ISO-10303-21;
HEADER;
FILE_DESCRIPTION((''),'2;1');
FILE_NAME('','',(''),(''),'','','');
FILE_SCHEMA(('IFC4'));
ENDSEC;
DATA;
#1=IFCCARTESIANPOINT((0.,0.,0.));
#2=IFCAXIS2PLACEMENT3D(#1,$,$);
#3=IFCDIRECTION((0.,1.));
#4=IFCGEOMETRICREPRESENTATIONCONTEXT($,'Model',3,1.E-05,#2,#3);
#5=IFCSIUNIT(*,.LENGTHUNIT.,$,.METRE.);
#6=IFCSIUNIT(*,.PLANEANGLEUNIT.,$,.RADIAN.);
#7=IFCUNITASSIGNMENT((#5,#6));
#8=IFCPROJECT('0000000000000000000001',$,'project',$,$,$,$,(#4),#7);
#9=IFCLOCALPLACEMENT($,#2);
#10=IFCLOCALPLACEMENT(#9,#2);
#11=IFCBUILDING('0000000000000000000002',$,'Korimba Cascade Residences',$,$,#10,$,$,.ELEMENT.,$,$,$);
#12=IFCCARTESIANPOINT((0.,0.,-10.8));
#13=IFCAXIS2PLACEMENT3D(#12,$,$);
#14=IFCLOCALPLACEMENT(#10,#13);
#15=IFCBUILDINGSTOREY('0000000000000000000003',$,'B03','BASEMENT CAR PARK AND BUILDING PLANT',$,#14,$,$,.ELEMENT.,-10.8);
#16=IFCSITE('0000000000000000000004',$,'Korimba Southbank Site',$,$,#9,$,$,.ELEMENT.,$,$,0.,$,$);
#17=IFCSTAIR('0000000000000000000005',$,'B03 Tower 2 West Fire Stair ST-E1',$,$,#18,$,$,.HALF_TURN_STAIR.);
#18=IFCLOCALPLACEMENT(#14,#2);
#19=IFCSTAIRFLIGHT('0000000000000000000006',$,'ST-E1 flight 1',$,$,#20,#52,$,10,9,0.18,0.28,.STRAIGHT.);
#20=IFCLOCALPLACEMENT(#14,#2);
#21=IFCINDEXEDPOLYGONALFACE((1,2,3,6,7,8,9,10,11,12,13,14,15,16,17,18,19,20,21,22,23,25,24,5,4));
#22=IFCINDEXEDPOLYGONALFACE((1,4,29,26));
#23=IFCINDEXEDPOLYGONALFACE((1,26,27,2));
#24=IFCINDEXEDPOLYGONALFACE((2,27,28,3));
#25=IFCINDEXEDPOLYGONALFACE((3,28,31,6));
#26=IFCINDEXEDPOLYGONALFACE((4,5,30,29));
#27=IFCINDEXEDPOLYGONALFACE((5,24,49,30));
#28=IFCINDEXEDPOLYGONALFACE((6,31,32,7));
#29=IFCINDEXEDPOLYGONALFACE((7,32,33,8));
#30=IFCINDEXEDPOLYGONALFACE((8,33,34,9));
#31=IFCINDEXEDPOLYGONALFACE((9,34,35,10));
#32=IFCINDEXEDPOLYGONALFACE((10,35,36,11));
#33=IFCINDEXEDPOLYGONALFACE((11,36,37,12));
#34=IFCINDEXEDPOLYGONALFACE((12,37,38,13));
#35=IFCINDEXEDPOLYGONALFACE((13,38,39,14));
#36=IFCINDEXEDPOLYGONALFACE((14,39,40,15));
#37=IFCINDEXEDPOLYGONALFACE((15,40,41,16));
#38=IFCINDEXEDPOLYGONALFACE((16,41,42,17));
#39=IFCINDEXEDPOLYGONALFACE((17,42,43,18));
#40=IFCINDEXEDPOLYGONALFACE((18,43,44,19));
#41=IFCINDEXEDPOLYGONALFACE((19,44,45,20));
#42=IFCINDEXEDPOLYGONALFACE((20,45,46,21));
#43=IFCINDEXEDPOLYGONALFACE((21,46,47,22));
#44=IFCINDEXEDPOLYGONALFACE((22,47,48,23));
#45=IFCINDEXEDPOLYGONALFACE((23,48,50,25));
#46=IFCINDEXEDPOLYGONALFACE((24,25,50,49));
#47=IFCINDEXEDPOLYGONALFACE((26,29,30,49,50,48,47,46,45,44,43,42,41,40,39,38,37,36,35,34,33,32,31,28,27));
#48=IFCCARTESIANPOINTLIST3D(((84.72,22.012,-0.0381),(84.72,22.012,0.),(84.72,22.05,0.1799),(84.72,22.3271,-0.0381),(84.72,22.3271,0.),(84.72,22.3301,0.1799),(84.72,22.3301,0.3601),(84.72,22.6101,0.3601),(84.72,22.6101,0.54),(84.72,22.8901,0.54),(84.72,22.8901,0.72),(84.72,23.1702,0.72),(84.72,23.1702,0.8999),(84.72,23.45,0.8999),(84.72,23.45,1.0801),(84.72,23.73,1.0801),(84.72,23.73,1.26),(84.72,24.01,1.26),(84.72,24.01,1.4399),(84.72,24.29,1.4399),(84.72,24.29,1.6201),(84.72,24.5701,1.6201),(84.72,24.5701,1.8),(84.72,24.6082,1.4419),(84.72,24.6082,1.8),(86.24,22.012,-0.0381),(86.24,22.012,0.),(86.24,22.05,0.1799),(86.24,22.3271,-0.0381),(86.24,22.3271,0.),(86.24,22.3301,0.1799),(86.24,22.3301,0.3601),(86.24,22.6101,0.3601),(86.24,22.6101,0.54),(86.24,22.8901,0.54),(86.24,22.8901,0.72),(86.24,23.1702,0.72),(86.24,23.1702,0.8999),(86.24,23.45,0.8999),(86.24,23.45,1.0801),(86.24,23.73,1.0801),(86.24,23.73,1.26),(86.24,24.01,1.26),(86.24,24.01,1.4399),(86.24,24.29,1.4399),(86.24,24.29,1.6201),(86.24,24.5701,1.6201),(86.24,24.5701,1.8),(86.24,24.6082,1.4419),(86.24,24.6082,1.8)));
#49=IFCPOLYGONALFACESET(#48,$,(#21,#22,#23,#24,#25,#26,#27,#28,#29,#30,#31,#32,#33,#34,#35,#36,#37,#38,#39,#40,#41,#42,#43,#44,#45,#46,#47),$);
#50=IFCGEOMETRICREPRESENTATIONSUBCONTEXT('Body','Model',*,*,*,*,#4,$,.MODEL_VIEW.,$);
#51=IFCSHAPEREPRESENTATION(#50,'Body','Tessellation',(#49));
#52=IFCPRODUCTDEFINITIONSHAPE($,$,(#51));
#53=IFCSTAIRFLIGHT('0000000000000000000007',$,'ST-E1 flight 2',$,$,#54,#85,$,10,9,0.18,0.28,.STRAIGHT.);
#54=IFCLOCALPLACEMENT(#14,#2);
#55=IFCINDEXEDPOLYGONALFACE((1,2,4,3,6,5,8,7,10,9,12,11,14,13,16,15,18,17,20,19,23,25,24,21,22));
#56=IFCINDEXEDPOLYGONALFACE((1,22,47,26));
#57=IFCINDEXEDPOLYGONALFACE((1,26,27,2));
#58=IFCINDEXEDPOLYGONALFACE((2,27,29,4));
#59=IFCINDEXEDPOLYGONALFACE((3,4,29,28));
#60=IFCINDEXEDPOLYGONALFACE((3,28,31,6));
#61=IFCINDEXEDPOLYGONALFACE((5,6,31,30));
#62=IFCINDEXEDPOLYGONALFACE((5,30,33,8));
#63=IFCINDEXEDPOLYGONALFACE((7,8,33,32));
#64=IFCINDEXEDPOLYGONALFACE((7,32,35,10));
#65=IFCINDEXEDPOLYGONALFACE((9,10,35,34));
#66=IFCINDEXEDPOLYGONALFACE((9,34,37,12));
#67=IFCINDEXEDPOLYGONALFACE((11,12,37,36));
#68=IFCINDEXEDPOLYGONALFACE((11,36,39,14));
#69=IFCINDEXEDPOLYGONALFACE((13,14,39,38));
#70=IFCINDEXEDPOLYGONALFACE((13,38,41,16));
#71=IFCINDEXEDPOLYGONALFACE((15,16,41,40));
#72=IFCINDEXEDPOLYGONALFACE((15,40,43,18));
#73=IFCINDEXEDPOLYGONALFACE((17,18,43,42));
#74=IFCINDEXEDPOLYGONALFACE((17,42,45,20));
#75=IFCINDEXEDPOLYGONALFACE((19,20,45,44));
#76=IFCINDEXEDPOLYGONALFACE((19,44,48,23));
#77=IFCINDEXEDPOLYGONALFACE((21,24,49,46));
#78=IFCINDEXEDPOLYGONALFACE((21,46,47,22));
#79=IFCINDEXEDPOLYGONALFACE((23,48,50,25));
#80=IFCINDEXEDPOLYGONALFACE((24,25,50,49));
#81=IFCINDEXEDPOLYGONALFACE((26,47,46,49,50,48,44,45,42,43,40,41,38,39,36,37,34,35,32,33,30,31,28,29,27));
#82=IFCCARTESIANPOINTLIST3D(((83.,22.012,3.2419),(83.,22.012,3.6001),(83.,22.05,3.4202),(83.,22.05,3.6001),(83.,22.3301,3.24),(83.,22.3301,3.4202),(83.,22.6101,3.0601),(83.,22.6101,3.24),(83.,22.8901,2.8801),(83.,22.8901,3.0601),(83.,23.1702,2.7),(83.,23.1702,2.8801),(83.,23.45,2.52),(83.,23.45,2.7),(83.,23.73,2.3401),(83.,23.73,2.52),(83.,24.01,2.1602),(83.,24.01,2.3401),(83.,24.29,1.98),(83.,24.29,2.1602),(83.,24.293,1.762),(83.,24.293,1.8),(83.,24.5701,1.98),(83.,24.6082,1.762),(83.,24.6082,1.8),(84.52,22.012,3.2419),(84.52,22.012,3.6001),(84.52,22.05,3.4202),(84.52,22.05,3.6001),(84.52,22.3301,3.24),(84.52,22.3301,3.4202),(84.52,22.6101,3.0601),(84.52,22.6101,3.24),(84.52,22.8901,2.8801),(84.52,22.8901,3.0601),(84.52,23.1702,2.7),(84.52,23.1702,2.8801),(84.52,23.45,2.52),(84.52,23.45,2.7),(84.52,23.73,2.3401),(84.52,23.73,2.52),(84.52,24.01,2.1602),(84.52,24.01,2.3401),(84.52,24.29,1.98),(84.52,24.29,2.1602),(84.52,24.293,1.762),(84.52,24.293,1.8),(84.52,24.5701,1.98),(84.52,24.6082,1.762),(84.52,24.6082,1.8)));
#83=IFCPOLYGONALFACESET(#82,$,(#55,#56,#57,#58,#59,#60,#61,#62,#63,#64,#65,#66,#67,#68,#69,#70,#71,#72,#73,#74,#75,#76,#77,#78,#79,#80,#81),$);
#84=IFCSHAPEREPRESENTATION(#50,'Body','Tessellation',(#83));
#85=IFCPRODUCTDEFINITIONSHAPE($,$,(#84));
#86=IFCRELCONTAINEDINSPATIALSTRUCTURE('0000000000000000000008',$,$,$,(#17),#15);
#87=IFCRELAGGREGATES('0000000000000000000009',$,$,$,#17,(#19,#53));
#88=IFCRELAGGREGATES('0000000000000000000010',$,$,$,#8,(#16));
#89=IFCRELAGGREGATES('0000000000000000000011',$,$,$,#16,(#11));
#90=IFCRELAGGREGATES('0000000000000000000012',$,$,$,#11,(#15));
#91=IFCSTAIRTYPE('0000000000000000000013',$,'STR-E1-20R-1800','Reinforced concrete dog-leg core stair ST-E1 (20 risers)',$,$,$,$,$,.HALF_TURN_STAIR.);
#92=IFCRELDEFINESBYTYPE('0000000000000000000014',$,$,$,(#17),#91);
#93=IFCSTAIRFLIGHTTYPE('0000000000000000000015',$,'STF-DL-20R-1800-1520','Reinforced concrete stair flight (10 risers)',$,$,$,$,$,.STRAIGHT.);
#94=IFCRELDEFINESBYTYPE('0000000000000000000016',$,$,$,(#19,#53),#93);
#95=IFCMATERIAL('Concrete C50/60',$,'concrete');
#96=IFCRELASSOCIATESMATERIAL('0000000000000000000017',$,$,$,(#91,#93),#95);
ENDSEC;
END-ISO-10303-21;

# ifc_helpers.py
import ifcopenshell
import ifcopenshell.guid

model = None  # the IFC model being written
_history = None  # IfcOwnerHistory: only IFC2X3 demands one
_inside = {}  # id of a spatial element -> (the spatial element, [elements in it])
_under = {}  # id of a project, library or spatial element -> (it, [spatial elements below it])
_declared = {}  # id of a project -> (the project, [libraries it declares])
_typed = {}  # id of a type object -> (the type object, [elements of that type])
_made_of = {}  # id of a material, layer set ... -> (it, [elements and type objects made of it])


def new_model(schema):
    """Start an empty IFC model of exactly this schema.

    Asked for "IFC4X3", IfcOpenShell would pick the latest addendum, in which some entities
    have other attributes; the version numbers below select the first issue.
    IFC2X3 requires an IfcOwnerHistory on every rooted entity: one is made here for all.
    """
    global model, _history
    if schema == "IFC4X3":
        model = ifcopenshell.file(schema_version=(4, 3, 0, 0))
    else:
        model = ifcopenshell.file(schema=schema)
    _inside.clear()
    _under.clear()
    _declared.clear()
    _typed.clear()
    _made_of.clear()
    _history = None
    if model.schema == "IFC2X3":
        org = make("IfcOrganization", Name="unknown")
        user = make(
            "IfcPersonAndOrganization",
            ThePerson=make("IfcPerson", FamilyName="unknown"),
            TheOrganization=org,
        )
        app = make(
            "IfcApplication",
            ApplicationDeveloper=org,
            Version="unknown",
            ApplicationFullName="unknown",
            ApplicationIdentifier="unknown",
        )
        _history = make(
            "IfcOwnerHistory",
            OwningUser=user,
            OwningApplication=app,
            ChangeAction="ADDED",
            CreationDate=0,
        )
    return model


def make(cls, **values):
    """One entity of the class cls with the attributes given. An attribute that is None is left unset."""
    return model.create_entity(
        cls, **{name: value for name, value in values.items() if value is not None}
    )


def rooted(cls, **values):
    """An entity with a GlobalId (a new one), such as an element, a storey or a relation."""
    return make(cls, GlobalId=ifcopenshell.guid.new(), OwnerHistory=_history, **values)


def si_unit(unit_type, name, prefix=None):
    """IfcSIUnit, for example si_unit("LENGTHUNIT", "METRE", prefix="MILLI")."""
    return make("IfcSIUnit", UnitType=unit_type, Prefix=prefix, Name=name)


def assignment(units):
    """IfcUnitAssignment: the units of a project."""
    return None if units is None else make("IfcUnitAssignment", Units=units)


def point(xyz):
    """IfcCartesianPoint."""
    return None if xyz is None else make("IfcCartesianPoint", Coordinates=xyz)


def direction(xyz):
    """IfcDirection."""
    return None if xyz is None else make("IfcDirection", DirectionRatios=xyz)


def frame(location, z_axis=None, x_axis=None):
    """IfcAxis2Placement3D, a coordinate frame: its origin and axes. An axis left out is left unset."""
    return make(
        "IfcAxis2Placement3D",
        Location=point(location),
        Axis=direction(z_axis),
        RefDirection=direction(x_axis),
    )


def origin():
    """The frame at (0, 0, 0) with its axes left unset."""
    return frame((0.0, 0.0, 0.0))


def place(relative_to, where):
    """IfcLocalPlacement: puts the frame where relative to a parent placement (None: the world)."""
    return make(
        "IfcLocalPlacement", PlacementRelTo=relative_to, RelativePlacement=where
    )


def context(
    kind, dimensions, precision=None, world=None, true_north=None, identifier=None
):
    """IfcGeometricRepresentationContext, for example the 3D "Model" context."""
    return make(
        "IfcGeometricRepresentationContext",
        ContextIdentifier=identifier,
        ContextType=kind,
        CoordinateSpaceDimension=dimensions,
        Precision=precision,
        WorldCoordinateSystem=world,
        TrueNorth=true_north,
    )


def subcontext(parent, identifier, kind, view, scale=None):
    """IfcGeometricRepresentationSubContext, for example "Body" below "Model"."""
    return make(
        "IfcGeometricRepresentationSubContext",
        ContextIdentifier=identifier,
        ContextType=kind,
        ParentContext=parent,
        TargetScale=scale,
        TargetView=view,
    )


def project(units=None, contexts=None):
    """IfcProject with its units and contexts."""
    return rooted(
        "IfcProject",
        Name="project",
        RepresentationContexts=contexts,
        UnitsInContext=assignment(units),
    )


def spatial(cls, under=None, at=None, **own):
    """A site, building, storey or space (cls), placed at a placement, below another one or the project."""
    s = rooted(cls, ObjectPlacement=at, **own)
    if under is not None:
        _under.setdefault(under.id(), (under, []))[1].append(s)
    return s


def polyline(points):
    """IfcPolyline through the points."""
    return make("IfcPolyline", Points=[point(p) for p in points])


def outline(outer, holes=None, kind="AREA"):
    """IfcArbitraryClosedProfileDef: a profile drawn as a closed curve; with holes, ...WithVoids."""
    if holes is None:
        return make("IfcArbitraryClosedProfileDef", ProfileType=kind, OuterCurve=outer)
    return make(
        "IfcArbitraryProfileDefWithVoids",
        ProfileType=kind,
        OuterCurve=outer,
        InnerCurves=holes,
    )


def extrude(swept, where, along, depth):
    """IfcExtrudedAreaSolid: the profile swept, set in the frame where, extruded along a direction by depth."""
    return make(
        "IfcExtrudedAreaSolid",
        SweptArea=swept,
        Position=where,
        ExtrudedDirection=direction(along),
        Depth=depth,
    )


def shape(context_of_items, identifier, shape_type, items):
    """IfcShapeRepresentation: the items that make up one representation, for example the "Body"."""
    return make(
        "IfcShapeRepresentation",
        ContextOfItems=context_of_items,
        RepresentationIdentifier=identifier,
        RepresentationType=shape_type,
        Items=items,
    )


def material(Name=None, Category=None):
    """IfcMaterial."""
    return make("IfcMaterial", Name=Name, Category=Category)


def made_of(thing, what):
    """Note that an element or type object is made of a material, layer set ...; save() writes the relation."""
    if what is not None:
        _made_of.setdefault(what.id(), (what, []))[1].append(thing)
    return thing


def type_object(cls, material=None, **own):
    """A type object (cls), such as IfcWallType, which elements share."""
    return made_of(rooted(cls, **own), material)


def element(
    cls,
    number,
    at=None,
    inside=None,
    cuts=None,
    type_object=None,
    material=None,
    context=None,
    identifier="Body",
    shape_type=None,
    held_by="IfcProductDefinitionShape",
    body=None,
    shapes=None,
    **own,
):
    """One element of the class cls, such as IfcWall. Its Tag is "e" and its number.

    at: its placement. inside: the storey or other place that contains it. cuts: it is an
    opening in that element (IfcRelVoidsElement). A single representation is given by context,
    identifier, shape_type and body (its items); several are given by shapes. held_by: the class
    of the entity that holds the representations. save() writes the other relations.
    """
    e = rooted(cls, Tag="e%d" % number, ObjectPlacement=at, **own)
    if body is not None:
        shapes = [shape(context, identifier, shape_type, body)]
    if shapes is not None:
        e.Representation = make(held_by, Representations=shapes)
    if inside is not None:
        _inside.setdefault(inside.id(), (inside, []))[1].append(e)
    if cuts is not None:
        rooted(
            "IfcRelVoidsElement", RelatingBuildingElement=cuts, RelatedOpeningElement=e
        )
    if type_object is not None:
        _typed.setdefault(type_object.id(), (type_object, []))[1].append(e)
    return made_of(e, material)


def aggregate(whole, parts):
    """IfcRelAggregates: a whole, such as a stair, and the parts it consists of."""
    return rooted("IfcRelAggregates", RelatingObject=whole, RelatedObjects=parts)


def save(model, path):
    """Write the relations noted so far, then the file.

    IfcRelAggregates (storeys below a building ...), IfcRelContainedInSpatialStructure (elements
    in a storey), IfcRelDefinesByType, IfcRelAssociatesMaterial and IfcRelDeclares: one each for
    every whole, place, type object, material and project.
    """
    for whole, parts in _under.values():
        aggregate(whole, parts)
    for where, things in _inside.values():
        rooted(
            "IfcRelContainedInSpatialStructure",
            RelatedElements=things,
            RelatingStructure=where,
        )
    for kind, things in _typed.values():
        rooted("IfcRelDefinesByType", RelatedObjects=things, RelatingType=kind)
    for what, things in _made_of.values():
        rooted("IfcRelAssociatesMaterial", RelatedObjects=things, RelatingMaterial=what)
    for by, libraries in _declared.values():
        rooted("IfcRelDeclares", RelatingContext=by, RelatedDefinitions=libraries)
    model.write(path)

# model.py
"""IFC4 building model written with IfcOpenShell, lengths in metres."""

from ifc_helpers import new_model, si_unit, direction, frame, origin, place, context, subcontext, project, spatial, polyline, outline, extrude, material, type_object, element, aggregate, save


model = new_model("IFC4")

# Units and contexts
model_context = context("Model", 3, precision=1e-05, world=origin(), true_north=direction((0.0, 1.0)))
body_context = subcontext(model_context, "Body", "Model", "MODEL_VIEW")
ifc_project = project(units=[si_unit("LENGTHUNIT", "METRE"), si_unit("PLANEANGLEUNIT", "RADIAN")], contexts=[model_context])

# Site, building, storey
site_placement = place(None, origin())
site = spatial("IfcSite", under=ifc_project, at=site_placement, Name="Korimba Southbank Site", CompositionType="ELEMENT", RefElevation=0.0)
building_placement = place(site_placement, origin())
building = spatial("IfcBuilding", under=site, at=building_placement, Name="Korimba Cascade Residences", CompositionType="ELEMENT")
storey_placement = place(building_placement, frame((0.0, 0.0, -10.8)))
storey = spatial("IfcBuildingStorey", under=building, at=storey_placement, Name="B03", Description="BASEMENT CAR PARK AND BUILDING PLANT", CompositionType="ELEMENT", Elevation=-10.8)

# Shared definitions
ifc_material_1 = material(Name="Concrete C50/60", Category="concrete")

# Stair, stair flights
stair_type = type_object("IfcStairType", Name="STR-E1-20R-1800", Description="Reinforced concrete dog-leg core stair ST-E1 (20 risers)", PredefinedType="HALF_TURN_STAIR", material=ifc_material_1)
stair_placement = place(storey_placement, origin())
stair = element("IfcStair", 1, at=stair_placement, inside=storey, type_object=stair_type, Name="B03 Tower 2 West Fire Stair ST-E1", PredefinedType="HALF_TURN_STAIR")
stair_flight_type = type_object("IfcStairFlightType", Name="STF-DL-20R-1800-1520", Description="Reinforced concrete stair flight (10 risers)", PredefinedType="STRAIGHT", material=ifc_material_1)
stair_flight_1_placement = place(storey_placement, frame((85.48, 22.05, 0.0), z_axis=(0.0, 0.0, 1.0), x_axis=(0.0, 1.0, 0.0)))
stair_flight_1 = element("IfcStairFlight", 2, at=stair_flight_1_placement, type_object=stair_flight_type, Name="ST-E1 flight 1", NumberOfRisers=10, NumberOfTreads=9, PredefinedType="STRAIGHT", RiserHeight=0.18, TreadLength=0.28, context=body_context, shape_type="SweptSolid", body=[
    extrude(outline(polyline([(-0.0381, 0.0), (0.0, 0.1799), (0.28, 0.1799), (0.28, 0.3601), (0.5601, 0.3601), (0.5601, 0.54), (0.8401, 0.54), (0.8401, 0.72), (1.1201, 0.72), (1.1201, 0.8999), (1.3999, 0.8999), (1.3999, 1.0801), (1.6799, 1.0801), (1.6799, 1.26), (1.96, 1.26), (1.96, 1.4399), (2.24, 1.4399), (2.24, 1.6201), (2.52, 1.6201), (2.52, 1.8), (2.5581, 1.8), (2.5581, 1.4419), (0.2771, 0.0), (0.2771, -0.0381), (-0.0381, -0.0381), (-0.0381, 0.0)])), frame((0.0, 0.76, 0.0), z_axis=(0.0, -1.0, 0.0), x_axis=(1.0, 0.0, 0.0)), (0.0, 0.0, 1.0), 1.52),
])
stair_flight_2_placement = place(storey_placement, frame((83.76, 24.5701, 1.8), z_axis=(0.0, 0.0, 1.0), x_axis=(0.0, -1.0, 0.0)))
stair_flight_2 = element("IfcStairFlight", 3, at=stair_flight_2_placement, type_object=stair_flight_type, Name="ST-E1 flight 2", NumberOfRisers=10, NumberOfTreads=9, PredefinedType="STRAIGHT", RiserHeight=0.18, TreadLength=0.28, context=body_context, shape_type="SweptSolid", body=[
    extrude(outline(polyline([(-0.0381, 0.0), (0.0, 0.1799), (0.28, 0.1799), (0.28, 0.3601), (0.5601, 0.3601), (0.5601, 0.54), (0.8401, 0.54), (0.8401, 0.72), (1.1201, 0.72), (1.1201, 0.8999), (1.3999, 0.8999), (1.3999, 1.0801), (1.6799, 1.0801), (1.6799, 1.26), (1.96, 1.26), (1.96, 1.4399), (2.24, 1.4399), (2.24, 1.6201), (2.52, 1.6201), (2.52, 1.8), (2.5581, 1.8), (2.5581, 1.4419), (0.2771, 0.0), (0.2771, -0.0381), (-0.0381, -0.0381), (-0.0381, 0.0)])), frame((0.0, 0.76, 0.0), z_axis=(0.0, -1.0, 0.0), x_axis=(1.0, 0.0, 0.0)), (0.0, 0.0, 1.0), 1.52),
])
aggregate(stair, [stair_flight_1, stair_flight_2])

save(model, "model.ifc")
